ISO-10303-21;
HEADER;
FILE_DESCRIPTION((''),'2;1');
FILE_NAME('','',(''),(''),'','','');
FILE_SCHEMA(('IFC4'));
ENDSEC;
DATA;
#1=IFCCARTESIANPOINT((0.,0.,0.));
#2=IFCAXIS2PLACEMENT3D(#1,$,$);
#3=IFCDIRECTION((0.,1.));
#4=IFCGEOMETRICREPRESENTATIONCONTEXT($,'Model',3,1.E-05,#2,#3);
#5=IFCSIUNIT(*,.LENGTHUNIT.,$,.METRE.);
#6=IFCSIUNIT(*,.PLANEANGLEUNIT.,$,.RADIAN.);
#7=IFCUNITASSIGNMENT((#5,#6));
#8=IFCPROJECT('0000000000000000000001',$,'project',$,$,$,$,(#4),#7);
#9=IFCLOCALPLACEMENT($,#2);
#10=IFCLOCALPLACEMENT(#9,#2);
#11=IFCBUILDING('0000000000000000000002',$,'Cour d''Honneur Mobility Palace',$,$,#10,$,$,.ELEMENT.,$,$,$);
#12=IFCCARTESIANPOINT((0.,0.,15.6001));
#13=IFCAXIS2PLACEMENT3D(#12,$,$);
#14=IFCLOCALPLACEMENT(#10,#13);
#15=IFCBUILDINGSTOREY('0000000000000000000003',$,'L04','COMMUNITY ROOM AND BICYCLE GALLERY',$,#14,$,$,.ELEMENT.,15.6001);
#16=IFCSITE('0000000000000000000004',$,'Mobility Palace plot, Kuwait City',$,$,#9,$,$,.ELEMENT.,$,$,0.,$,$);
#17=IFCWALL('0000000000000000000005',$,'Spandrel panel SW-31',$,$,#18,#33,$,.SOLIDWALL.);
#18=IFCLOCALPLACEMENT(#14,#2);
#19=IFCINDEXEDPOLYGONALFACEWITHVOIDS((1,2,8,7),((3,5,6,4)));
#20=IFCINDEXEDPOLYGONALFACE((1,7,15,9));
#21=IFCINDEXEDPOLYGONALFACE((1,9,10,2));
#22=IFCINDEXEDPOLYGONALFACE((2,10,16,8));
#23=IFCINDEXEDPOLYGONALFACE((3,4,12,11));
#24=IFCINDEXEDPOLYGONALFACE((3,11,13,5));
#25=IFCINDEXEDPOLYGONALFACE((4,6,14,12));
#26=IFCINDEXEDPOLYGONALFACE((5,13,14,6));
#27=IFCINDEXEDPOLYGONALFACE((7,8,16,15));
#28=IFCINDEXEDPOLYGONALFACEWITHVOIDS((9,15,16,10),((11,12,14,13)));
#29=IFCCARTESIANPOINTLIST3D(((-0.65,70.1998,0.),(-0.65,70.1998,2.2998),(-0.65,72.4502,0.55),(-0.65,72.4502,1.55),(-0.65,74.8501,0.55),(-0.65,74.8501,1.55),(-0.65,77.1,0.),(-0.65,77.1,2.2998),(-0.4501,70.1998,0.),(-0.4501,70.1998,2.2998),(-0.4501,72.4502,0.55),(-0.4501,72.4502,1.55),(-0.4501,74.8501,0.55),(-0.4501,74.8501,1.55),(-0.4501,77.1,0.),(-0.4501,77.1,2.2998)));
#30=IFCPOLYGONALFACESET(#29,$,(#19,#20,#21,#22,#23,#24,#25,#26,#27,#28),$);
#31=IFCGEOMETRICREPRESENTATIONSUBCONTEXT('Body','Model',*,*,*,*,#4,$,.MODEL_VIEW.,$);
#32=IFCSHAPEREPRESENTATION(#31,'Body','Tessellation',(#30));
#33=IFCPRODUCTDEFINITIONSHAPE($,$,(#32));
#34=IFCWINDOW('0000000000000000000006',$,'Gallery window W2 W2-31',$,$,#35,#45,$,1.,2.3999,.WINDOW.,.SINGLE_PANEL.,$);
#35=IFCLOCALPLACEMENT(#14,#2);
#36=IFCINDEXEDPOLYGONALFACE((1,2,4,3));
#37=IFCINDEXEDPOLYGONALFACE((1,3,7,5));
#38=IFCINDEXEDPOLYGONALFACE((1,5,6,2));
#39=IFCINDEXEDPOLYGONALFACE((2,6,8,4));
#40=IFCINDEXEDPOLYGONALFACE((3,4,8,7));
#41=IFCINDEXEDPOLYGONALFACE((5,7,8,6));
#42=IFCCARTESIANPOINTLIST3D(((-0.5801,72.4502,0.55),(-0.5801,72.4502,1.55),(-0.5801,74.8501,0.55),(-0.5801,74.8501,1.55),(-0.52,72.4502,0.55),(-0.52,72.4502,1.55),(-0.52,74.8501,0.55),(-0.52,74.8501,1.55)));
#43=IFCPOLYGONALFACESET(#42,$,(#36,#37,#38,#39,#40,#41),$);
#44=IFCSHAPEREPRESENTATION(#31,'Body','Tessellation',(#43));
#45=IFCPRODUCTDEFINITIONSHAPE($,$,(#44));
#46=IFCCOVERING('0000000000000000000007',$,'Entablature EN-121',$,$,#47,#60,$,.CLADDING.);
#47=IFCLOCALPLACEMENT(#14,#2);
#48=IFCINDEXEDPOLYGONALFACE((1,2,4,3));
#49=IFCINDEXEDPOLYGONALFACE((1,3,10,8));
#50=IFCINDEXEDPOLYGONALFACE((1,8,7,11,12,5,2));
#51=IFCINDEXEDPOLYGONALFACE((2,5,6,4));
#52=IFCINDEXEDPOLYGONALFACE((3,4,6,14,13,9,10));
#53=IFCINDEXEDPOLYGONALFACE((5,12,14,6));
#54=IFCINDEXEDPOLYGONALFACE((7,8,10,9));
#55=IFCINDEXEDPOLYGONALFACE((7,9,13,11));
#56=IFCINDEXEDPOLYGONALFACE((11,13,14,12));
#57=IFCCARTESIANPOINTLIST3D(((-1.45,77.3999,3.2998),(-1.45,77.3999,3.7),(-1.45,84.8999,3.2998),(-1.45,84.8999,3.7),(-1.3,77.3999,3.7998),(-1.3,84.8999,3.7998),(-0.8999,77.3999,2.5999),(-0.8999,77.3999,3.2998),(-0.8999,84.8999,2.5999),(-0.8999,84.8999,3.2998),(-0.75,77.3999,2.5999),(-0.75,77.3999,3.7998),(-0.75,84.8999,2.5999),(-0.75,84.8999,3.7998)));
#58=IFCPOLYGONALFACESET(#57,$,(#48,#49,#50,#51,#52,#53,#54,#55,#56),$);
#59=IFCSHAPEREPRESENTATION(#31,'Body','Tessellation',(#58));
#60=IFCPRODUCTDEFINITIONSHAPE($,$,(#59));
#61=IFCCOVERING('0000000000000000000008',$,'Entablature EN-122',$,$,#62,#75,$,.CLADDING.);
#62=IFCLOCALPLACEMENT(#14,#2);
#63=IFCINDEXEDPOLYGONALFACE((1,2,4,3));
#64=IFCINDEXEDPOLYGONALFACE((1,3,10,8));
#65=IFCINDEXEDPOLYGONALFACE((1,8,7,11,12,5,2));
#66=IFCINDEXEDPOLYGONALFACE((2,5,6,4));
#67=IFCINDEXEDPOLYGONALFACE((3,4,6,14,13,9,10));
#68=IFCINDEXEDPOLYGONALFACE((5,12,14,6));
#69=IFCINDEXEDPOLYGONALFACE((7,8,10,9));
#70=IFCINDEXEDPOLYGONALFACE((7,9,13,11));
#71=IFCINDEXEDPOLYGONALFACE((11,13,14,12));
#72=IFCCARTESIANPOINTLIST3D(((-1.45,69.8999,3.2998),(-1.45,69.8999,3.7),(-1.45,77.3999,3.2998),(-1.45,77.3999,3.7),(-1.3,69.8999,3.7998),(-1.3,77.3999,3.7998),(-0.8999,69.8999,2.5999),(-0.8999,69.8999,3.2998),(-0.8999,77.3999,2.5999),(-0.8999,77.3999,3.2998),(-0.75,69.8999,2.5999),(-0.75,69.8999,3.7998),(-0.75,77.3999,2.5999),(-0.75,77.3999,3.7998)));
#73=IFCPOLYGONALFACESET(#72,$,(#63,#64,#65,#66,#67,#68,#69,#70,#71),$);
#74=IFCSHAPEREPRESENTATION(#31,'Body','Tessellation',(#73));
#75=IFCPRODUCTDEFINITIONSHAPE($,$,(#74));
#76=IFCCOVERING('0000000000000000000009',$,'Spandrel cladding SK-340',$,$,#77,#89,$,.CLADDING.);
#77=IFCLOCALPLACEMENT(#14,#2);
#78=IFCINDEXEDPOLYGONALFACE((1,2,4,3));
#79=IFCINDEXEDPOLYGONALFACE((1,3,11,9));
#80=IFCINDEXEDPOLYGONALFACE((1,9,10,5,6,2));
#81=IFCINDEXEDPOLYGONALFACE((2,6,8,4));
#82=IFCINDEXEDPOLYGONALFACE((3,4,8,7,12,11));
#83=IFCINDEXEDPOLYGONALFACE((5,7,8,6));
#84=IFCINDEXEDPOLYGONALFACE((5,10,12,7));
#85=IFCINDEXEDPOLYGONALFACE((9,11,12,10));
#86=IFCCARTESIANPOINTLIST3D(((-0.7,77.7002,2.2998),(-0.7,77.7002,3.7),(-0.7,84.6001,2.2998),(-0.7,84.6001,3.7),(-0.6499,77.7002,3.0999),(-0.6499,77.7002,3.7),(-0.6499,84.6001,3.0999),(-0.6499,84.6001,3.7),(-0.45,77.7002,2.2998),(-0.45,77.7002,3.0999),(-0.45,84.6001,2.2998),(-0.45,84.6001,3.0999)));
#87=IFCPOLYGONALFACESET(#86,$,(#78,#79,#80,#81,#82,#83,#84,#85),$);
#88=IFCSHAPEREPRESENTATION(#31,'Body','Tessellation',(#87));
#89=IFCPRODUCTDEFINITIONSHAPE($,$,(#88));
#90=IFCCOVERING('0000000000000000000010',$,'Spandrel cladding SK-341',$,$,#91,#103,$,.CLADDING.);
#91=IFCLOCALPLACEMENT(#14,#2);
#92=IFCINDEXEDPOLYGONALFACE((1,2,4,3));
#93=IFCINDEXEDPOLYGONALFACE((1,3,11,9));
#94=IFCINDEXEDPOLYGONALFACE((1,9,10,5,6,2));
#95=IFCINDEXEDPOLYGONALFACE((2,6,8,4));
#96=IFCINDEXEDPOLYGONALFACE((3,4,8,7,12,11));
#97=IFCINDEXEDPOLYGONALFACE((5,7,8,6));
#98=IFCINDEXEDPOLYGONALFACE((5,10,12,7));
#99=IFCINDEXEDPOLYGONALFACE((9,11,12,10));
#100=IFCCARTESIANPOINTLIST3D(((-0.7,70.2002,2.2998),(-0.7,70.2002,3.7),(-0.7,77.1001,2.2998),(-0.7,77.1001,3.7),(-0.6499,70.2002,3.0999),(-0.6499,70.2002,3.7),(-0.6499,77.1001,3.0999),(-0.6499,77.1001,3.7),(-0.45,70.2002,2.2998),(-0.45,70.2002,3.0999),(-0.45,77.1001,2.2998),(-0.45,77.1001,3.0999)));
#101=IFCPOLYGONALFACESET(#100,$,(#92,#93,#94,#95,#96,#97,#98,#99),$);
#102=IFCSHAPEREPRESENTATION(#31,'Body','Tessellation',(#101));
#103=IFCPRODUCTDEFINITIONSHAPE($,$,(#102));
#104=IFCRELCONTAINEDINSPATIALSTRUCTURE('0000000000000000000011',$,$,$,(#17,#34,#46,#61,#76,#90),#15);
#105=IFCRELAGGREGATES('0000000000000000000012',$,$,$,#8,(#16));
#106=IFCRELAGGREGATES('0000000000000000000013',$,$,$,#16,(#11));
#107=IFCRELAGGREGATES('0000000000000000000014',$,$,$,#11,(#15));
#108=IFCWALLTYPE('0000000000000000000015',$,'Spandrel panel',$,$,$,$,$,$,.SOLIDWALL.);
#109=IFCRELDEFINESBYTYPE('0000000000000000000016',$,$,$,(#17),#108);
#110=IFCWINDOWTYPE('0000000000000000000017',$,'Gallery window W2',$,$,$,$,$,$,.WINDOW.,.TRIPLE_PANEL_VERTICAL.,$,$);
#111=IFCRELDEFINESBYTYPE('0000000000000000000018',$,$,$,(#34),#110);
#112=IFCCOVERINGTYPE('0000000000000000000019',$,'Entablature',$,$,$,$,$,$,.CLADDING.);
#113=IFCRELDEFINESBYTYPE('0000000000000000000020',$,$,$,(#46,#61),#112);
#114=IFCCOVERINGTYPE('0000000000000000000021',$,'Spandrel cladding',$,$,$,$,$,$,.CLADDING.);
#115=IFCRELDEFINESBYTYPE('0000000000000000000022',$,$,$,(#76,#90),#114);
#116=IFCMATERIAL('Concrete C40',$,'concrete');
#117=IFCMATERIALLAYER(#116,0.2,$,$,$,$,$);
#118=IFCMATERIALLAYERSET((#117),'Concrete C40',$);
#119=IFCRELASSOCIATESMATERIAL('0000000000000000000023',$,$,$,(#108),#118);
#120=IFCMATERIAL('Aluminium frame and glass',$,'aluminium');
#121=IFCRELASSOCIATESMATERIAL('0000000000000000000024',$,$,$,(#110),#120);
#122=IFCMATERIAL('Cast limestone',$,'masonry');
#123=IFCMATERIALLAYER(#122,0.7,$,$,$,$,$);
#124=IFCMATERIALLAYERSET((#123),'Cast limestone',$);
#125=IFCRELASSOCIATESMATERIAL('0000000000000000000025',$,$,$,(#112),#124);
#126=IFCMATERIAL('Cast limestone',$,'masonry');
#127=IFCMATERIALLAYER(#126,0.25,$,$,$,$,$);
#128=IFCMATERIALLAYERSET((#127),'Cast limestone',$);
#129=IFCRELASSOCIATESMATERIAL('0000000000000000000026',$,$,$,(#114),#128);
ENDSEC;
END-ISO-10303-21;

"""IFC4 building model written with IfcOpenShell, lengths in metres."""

from ifc_helpers import new_model, si_unit, direction, frame, frame_2d, origin, place, context, subcontext, project, spatial, polyline, rectangle, outline, extrude, material, layer, layer_set, type_object, element, fill, save


model = new_model("IFC4")

# Units and contexts
model_context = context("Model", 3, precision=1e-05, world=origin(), true_north=direction((0.0, 1.0)))
body_context = subcontext(model_context, "Body", "Model", "MODEL_VIEW")
ifc_project = project(units=[si_unit("LENGTHUNIT", "METRE"), si_unit("PLANEANGLEUNIT", "RADIAN")], contexts=[model_context])

# Site, building, storey
site_placement = place(None, origin())
site = spatial("IfcSite", under=ifc_project, at=site_placement, Name="Mobility Palace plot, Kuwait City", CompositionType="ELEMENT", RefElevation=0.0)
building_placement = place(site_placement, origin())
building = spatial("IfcBuilding", under=site, at=building_placement, Name="Cour d'Honneur Mobility Palace", CompositionType="ELEMENT")
storey_placement = place(building_placement, frame((0.0, 0.0, 15.6001)))
storey = spatial("IfcBuildingStorey", under=building, at=storey_placement, Name="L04", Description="COMMUNITY ROOM AND BICYCLE GALLERY", CompositionType="ELEMENT", Elevation=15.6001)

# Wall, opening, window
ifc_material_1 = material(Name="Concrete C40", Category="concrete")
ifc_layer_1 = layer(ifc_material_1, 0.2)
ifc_layer_set_1 = layer_set([ifc_layer_1], Name="Concrete C40")
wall_type_1 = type_object("IfcWallType", Name="Spandrel panel", PredefinedType="SOLIDWALL", material=ifc_layer_set_1)
ifc_material_2 = material(Name="Aluminium frame and glass", Category="aluminium")
window_type = type_object("IfcWindowType", Name="Gallery window W2", PartitioningType="TRIPLE_PANEL_VERTICAL", PredefinedType="WINDOW", material=ifc_material_2)
wall_1_placement = place(storey_placement, frame((-0.55, 77.1001, 0.0), z_axis=(0.0, 0.0, 1.0), x_axis=(0.0, -1.0, 0.0)))
wall_1 = element("IfcWall", 1, at=wall_1_placement, inside=storey, type_object=wall_type_1, Name="Spandrel panel SW-31", PredefinedType="SOLIDWALL", context=body_context, shape_type="SweptSolid", body=[
    extrude(rectangle(XDim=6.9001, YDim=0.2, at=frame_2d((3.4502, 0.0))), origin(), (0.0, 0.0, 1.0), 2.2998),
])
opening_1_placement = place(wall_1_placement, frame((2.25, 0.0, 0.55)))
opening_1 = element("IfcOpeningElement", 2, at=opening_1_placement, cuts=wall_1, PredefinedType="OPENING", context=body_context, shape_type="SweptSolid", body=[
    extrude(rectangle(XDim=2.3999, YDim=1.0, at=frame_2d((1.2, 0.5))), frame((0.0, 0.1099, 0.0), z_axis=(0.0, -1.0, 0.0), x_axis=(1.0, 0.0, 0.0)), (0.0, 0.0, 1.0), 0.22),
])
window_1_placement = place(opening_1_placement, origin())
window_1 = element("IfcWindow", 3, at=window_1_placement, inside=storey, type_object=window_type, Name="Gallery window W2 W2-31", OverallHeight=1.0, OverallWidth=2.3999, PartitioningType="SINGLE_PANEL", PredefinedType="WINDOW", context=body_context, shape_type="SweptSolid", body=[
    extrude(rectangle(XDim=2.3999, YDim=1.0, at=frame_2d((1.2, 0.5))), frame((0.0, 0.03, 0.0), z_axis=(0.0, -1.0, 0.0), x_axis=(1.0, 0.0, 0.0)), (0.0, 0.0, 1.0), 0.0601),
])
fill(opening_1, window_1)

# Coverings
ifc_material_3 = material(Name="Cast limestone", Category="masonry")
ifc_layer_2 = layer(ifc_material_3, 0.7)
ifc_layer_set_2 = layer_set([ifc_layer_2], Name="Cast limestone")
covering_type_1 = type_object("IfcCoveringType", Name="Entablature", PredefinedType="CLADDING", material=ifc_layer_set_2)
for number, where, z_axis, x_axis, name in (
    (4, (-0.75, 84.8999, 2.5999), (0.0, 1.0, 0.0), (-1.0, 0.0, 0.0), "Entablature EN-121"),
    (5, (-0.75, 77.3999, 2.5999), (0.0, 1.0, 0.0), (-1.0, 0.0, 0.0), "Entablature EN-122"),
):
    element("IfcCovering", number, at=place(storey_placement, frame(where, z_axis=z_axis, x_axis=x_axis)), inside=storey, type_object=covering_type_1, Name=name, PredefinedType="CLADDING", context=body_context, shape_type="SweptSolid", body=[
        extrude(outline(polyline([(0.0, 0.0), (0.1499, 0.0), (0.1499, 0.7), (0.7, 0.7), (0.7, 1.1001), (0.55, 1.2), (0.0, 1.2), (0.0, 0.0)])), origin(), (0.0, 0.0, -1.0), 7.5),
    ])
ifc_material_4 = material(Name="Cast limestone", Category="masonry")
ifc_layer_3 = layer(ifc_material_4, 0.25)
ifc_layer_set_3 = layer_set([ifc_layer_3], Name="Cast limestone")
covering_type_2 = type_object("IfcCoveringType", Name="Spandrel cladding", PredefinedType="CLADDING", material=ifc_layer_set_3)
for number, where, z_axis, x_axis, name in (
    (6, (-0.45, 84.6001, 2.2998), (0.0, 1.0, 0.0), (-1.0, 0.0, 0.0), "Spandrel cladding SK-340"),
    (7, (-0.45, 77.1001, 2.2998), (0.0, 1.0, 0.0), (-1.0, 0.0, 0.0), "Spandrel cladding SK-341"),
):
    element("IfcCovering", number, at=place(storey_placement, frame(where, z_axis=z_axis, x_axis=x_axis)), inside=storey, type_object=covering_type_2, Name=name, PredefinedType="CLADDING", context=body_context, shape_type="SweptSolid", body=[
        extrude(outline(polyline([(0.0, 0.0), (0.25, 0.0), (0.25, 1.4001), (0.2, 1.4001), (0.2, 0.8), (0.0, 0.8), (0.0, 0.0)])), origin(), (0.0, 0.0, -1.0), 6.8999),
    ])

save(model, "model.ifc")
